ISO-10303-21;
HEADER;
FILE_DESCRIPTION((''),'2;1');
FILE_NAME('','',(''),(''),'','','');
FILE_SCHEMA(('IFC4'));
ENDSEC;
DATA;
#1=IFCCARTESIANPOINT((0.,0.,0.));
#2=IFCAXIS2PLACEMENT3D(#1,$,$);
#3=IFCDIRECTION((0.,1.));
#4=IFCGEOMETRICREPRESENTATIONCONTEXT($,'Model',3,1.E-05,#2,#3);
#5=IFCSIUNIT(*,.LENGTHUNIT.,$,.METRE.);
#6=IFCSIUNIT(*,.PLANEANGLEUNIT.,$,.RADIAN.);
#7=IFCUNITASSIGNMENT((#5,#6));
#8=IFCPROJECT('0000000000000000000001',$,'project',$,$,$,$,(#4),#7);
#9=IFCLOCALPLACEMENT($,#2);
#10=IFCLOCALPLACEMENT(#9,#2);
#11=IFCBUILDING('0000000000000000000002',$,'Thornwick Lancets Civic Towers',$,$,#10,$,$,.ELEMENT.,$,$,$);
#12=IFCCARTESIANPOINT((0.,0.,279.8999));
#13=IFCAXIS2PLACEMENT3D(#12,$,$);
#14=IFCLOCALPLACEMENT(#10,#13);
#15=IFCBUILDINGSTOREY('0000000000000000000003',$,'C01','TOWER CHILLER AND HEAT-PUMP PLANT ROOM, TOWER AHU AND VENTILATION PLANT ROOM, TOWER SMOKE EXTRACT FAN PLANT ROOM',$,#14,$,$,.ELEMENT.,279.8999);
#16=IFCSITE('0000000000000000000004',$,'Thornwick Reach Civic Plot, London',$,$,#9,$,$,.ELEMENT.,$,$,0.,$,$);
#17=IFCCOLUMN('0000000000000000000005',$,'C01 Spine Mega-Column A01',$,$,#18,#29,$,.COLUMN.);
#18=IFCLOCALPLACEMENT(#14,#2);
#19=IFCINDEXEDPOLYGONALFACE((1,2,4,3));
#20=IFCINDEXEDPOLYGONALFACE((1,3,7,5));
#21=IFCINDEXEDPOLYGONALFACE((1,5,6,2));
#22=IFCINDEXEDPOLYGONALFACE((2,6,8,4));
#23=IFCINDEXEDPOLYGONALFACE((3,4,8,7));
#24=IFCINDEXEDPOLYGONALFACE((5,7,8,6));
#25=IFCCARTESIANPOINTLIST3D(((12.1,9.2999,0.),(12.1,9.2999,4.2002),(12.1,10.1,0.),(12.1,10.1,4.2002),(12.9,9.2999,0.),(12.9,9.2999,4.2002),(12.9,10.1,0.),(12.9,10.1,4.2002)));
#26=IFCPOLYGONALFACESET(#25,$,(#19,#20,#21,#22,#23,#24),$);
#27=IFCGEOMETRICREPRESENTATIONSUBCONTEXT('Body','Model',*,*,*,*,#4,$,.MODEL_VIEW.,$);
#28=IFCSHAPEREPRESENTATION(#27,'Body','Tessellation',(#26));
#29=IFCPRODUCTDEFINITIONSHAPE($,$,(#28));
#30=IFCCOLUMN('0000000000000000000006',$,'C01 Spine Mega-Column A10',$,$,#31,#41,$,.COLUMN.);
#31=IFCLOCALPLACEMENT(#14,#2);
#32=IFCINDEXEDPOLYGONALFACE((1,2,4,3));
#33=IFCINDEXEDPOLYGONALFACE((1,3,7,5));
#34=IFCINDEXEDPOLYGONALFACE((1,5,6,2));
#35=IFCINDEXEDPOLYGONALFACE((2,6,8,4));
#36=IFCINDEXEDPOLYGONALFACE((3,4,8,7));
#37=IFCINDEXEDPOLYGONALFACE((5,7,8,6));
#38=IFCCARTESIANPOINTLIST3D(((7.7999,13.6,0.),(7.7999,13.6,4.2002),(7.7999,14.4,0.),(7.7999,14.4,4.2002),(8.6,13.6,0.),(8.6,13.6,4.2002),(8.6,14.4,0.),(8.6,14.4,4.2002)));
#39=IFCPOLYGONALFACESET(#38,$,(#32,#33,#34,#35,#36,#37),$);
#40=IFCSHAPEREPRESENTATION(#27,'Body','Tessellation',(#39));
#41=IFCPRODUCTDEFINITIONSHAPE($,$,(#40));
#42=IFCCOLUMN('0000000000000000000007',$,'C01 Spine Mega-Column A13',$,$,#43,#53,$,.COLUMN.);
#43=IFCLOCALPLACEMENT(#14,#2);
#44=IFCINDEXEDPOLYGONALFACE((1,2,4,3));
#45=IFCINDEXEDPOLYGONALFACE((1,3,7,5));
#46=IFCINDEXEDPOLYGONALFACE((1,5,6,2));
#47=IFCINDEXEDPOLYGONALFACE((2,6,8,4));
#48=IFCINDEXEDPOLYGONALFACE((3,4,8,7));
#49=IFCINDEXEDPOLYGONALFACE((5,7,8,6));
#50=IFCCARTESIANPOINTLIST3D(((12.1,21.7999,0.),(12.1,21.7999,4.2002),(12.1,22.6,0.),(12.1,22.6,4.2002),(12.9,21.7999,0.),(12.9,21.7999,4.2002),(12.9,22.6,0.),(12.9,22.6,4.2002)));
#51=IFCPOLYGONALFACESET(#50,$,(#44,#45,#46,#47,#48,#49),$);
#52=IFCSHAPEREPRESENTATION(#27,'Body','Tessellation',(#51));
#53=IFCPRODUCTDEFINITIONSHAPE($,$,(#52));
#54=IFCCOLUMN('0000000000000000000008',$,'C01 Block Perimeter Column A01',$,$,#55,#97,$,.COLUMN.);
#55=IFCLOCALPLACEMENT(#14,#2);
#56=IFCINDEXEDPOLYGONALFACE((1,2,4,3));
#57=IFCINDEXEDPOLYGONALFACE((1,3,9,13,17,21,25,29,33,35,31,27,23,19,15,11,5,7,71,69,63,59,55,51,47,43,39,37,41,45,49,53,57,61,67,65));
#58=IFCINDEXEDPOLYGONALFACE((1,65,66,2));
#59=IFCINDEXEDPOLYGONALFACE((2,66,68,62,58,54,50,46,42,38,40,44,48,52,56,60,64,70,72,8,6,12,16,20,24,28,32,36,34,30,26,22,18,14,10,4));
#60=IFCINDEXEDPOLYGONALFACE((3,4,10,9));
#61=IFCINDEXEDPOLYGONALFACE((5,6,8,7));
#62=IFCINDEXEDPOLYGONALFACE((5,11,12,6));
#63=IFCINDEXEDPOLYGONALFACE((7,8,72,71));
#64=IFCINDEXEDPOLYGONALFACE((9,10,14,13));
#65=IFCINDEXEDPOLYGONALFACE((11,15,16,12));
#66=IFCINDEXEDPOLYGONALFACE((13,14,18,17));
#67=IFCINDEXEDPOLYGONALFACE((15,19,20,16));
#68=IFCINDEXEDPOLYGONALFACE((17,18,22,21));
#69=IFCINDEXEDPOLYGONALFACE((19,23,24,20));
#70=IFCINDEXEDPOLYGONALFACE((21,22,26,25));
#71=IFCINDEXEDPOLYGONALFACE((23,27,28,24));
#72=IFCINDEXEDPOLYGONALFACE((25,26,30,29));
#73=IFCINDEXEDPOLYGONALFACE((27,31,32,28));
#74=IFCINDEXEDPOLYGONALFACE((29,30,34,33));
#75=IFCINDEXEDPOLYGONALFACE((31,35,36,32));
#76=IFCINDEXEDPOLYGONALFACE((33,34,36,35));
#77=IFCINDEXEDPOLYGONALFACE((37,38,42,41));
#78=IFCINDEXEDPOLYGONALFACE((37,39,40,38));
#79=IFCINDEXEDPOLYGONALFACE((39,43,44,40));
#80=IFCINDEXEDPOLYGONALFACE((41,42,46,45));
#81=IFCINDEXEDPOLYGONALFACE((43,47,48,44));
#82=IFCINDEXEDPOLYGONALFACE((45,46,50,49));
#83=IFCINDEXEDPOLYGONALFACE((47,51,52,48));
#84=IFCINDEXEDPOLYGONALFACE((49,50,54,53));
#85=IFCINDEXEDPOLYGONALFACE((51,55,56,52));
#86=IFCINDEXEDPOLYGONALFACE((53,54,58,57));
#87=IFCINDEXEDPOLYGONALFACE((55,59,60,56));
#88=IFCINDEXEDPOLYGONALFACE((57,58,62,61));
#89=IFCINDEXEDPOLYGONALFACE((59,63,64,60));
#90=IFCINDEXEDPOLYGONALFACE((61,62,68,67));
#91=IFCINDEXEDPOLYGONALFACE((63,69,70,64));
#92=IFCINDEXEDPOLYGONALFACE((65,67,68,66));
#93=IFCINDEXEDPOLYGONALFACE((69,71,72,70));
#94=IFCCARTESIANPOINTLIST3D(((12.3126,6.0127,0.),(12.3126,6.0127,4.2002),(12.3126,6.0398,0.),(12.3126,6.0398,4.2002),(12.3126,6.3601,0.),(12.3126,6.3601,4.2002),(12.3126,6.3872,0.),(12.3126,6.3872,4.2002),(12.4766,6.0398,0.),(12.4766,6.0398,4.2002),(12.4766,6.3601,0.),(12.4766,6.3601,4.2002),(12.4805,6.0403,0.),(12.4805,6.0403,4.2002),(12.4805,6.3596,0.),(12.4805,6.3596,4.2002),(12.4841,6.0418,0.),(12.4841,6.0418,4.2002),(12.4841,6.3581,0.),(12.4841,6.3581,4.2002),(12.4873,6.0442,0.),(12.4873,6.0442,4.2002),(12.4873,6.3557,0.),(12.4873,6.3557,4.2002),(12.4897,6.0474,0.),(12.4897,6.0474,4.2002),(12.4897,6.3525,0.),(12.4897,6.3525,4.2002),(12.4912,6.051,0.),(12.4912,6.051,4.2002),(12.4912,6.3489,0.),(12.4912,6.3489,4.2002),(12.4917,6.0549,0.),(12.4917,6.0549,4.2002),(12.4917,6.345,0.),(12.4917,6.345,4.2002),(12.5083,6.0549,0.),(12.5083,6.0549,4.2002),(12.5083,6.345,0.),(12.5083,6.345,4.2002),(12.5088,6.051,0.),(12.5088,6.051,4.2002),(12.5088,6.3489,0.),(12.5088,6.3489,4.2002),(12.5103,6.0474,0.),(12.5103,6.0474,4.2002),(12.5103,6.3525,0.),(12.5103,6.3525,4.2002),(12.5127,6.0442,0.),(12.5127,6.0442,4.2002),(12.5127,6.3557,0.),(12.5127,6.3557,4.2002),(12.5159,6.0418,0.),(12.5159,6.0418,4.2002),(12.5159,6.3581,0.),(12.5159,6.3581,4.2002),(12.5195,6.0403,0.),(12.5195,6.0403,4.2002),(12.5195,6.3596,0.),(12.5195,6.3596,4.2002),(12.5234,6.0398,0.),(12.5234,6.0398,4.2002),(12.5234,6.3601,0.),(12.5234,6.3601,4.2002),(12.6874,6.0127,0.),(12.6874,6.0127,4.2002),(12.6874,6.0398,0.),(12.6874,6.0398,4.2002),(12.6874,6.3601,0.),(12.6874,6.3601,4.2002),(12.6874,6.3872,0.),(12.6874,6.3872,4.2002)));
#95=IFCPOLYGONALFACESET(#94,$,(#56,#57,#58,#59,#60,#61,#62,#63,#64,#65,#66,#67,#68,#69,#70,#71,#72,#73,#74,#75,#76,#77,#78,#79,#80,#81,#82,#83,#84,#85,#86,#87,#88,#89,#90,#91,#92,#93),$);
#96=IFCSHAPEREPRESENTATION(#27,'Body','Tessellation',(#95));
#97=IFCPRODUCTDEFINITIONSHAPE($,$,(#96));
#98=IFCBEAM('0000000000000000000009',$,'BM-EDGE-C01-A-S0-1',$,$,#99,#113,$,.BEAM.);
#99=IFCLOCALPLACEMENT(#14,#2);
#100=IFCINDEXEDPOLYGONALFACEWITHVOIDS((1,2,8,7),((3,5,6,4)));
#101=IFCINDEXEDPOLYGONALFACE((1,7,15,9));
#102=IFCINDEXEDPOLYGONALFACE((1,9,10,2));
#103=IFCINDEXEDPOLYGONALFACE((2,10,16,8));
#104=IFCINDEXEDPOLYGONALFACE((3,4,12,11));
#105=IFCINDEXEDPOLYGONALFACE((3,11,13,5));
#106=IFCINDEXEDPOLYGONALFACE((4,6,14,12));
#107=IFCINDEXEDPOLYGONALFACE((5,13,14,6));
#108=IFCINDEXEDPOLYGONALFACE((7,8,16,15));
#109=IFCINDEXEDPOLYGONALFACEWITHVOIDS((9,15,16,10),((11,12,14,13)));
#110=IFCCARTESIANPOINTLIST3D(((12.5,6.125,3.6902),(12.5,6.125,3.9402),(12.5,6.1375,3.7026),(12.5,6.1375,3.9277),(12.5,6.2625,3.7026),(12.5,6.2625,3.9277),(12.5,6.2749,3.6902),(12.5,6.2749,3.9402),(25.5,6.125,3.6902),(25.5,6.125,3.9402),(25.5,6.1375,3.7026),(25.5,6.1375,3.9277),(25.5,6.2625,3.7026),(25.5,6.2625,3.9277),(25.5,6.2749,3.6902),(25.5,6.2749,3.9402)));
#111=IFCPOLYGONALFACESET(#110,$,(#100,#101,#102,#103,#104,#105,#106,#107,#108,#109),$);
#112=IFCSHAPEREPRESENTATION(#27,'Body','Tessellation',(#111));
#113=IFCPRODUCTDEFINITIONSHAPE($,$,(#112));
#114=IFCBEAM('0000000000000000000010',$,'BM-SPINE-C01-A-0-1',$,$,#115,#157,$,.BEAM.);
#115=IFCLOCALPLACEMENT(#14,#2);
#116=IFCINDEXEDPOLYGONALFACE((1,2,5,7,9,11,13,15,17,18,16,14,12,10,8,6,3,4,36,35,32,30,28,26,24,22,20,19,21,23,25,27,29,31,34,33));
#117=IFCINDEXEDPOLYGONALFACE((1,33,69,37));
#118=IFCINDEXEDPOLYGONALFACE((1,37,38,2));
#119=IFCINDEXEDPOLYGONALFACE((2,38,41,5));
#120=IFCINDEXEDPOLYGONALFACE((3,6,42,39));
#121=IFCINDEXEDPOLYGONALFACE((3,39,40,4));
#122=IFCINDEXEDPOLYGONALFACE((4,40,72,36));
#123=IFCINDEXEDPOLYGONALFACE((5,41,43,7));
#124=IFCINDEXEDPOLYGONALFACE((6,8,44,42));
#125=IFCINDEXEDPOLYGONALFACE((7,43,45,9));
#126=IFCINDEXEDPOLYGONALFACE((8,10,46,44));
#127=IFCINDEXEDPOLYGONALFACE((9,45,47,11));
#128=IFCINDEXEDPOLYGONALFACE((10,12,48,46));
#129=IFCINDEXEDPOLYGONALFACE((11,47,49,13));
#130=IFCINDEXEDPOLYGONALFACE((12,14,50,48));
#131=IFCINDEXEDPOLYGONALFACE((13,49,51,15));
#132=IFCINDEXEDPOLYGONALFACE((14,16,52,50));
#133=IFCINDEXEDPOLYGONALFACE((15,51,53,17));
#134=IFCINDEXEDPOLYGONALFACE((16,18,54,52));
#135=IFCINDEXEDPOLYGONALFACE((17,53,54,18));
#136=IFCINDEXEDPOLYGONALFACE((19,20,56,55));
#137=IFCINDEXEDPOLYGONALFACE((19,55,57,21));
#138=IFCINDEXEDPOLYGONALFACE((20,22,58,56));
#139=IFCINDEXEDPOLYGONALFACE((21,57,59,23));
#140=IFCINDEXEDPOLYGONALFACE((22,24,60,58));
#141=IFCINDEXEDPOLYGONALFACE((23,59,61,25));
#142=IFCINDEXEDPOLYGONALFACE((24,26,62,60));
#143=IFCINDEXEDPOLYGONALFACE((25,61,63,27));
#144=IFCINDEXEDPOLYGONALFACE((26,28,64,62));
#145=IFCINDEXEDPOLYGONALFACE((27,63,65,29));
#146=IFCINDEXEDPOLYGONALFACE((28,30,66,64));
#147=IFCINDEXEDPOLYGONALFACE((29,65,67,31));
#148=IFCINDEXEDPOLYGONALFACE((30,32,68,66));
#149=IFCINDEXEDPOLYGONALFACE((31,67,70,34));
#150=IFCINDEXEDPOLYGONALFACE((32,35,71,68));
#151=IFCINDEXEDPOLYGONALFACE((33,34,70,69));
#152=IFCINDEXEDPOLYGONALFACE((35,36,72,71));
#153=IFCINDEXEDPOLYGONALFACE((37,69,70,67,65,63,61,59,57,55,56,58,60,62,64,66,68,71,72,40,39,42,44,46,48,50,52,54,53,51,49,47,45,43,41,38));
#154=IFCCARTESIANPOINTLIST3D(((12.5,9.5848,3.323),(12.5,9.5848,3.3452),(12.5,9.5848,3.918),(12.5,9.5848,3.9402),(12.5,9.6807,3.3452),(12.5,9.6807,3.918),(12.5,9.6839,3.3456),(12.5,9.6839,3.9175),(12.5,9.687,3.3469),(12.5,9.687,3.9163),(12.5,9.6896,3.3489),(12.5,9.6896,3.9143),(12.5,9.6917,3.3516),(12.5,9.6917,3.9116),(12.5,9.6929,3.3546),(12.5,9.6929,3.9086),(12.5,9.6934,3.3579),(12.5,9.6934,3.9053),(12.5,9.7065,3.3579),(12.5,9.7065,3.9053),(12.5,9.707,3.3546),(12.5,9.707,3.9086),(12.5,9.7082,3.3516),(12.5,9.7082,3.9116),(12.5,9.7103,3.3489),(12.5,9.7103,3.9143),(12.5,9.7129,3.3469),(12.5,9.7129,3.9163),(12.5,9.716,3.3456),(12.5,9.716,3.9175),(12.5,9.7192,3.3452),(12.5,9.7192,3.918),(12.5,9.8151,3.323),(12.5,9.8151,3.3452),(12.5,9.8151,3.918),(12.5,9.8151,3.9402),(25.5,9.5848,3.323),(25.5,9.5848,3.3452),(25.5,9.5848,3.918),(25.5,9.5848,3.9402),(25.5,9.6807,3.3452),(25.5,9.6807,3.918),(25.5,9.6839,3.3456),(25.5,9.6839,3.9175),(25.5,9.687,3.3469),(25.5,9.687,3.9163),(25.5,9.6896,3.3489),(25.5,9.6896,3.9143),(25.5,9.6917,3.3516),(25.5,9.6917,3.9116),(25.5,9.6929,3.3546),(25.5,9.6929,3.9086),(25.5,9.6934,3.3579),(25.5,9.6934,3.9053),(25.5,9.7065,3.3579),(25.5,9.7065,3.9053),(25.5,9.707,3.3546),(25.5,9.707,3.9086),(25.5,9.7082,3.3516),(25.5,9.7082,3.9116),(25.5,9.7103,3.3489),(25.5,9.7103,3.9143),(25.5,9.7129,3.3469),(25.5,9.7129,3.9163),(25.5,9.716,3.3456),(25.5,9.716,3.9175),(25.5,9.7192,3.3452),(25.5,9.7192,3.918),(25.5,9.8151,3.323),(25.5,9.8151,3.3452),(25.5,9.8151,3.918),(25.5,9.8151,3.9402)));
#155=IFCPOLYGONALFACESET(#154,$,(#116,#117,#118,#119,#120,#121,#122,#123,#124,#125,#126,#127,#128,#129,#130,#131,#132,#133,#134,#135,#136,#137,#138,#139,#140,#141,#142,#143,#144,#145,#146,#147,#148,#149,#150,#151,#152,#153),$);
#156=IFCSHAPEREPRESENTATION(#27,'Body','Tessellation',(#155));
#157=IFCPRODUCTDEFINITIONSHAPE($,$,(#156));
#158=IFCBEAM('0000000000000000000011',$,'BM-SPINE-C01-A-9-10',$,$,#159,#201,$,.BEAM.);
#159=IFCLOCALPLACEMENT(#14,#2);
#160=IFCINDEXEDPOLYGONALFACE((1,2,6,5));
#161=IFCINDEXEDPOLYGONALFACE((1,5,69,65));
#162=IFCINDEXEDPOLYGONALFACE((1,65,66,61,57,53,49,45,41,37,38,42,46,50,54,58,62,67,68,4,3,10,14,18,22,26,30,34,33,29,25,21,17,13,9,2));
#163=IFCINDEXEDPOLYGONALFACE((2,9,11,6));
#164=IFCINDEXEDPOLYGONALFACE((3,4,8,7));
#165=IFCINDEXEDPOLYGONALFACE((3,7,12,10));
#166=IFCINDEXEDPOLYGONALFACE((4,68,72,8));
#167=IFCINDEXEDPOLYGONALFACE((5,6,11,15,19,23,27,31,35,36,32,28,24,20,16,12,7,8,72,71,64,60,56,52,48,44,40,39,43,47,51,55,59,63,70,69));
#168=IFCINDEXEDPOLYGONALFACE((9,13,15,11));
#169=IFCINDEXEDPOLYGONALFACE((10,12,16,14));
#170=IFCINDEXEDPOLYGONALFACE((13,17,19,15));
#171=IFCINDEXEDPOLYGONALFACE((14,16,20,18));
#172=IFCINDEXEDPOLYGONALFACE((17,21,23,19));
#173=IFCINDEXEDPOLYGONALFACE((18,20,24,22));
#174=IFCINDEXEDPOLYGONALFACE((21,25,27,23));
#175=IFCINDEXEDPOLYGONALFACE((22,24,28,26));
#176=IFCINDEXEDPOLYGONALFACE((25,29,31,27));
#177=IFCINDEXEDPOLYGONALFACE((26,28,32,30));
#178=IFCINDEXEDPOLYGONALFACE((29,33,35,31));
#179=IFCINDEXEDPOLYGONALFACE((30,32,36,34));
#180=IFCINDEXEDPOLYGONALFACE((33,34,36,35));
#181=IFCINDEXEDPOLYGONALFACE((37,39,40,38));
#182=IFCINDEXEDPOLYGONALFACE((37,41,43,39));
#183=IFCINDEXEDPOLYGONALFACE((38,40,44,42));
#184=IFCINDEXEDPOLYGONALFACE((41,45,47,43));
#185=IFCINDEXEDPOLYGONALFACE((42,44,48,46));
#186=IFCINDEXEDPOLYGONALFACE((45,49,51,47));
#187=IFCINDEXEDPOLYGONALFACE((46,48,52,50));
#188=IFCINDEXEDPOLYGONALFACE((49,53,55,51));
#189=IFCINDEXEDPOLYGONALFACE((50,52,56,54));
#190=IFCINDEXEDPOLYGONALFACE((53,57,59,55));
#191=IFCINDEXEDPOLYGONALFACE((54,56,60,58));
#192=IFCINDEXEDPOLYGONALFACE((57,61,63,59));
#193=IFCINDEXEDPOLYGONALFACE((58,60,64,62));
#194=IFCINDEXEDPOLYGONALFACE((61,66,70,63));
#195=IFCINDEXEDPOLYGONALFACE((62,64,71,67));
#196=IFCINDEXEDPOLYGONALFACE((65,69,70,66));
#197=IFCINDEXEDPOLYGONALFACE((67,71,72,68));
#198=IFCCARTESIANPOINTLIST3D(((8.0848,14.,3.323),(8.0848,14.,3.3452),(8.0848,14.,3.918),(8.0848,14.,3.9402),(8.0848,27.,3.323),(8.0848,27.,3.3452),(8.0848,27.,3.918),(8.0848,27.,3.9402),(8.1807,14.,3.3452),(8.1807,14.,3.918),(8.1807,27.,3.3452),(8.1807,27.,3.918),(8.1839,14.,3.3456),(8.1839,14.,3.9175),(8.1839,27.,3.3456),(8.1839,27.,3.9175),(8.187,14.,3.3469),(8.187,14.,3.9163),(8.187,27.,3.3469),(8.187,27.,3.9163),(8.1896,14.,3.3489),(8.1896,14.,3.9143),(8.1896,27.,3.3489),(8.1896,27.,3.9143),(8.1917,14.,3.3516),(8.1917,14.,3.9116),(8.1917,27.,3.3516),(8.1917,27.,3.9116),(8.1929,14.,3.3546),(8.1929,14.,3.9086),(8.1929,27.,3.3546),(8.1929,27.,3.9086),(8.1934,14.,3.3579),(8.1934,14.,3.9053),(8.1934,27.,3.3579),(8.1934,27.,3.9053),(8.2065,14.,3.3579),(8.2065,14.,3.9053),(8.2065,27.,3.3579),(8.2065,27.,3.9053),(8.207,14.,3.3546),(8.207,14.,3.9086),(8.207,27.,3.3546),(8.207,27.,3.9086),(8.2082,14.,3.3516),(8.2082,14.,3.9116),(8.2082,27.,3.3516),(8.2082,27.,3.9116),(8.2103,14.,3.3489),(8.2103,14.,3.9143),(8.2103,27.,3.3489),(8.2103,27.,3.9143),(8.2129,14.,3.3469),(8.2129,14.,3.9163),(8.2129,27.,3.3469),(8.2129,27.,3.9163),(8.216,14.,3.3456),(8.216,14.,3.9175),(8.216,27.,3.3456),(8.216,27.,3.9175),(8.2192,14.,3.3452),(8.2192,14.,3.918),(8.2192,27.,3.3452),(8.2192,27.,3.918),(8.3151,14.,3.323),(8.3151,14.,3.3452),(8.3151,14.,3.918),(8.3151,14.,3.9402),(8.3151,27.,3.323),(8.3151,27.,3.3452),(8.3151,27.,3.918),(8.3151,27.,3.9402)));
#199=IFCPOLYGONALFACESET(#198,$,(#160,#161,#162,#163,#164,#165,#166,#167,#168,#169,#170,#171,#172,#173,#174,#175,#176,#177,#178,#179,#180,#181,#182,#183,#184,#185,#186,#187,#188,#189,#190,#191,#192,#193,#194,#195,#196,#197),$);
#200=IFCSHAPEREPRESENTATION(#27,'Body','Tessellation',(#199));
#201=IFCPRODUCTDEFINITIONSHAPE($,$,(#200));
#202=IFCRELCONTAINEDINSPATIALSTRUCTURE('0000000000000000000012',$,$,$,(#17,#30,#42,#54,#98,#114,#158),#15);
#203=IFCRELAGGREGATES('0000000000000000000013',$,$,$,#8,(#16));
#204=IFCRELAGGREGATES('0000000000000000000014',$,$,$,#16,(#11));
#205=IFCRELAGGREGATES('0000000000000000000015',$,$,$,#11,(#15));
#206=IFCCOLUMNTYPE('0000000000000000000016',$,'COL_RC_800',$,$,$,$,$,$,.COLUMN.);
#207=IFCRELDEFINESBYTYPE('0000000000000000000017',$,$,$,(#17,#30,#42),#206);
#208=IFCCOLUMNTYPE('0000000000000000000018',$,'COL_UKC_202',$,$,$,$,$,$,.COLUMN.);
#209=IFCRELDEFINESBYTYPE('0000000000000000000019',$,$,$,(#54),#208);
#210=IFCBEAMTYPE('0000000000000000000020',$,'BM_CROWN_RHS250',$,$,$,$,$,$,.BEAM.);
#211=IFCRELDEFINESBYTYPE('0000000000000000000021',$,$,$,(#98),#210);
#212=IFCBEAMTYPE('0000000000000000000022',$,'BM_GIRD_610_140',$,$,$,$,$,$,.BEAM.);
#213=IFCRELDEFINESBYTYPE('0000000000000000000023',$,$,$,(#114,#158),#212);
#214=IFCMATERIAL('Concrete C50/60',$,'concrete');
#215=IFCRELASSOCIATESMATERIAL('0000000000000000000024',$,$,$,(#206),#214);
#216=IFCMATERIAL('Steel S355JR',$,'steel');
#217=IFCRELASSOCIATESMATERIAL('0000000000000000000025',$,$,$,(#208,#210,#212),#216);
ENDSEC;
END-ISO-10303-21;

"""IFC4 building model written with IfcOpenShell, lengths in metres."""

from ifc_helpers import new_model, si_unit, direction, frame, origin, origin_2d, place, context, subcontext, project, spatial, rectangle, hollow_rectangle, i_section, extrude, material, material_profile, profile_set, type_object, element, save


model = new_model("IFC4")

# Units and contexts
model_context = context("Model", 3, precision=1e-05, world=origin(), true_north=direction((0.0, 1.0)))
body_context = subcontext(model_context, "Body", "Model", "MODEL_VIEW")
ifc_project = project(units=[si_unit("LENGTHUNIT", "METRE"), si_unit("PLANEANGLEUNIT", "RADIAN")], contexts=[model_context])

# Site, building, storey
site_placement = place(None, origin())
site = spatial("IfcSite", under=ifc_project, at=site_placement, Name="Thornwick Reach Civic Plot, London", CompositionType="ELEMENT", RefElevation=0.0)
building_placement = place(site_placement, origin())
building = spatial("IfcBuilding", under=site, at=building_placement, Name="Thornwick Lancets Civic Towers", CompositionType="ELEMENT")
storey_placement = place(building_placement, frame((0.0, 0.0, 279.8999)))
storey = spatial("IfcBuildingStorey", under=building, at=storey_placement, Name="C01", Description="TOWER CHILLER AND HEAT-PUMP PLANT ROOM, TOWER AHU AND VENTILATION PLANT ROOM, TOWER SMOKE EXTRACT FAN PLANT ROOM", CompositionType="ELEMENT", Elevation=279.8999)

# Columns
ifc_material_1 = material(Name="Concrete C50/60", Category="concrete")
ifc_material_profile_1 = material_profile(ifc_material_1, rectangle(XDim=0.8, YDim=0.8, at=origin_2d()), Name="RC 800x800")
ifc_profile_set_1 = profile_set([ifc_material_profile_1], Name="Concrete C50/60")
column_type_1 = type_object("IfcColumnType", Name="COL_RC_800", PredefinedType="COLUMN", material=ifc_profile_set_1)
for number, where, z_axis, x_axis, name in (
    (1, (12.5, 9.7, 0.0), (0.0, 0.0, 1.0), (1.0, 0.0, 0.0), "C01 Spine Mega-Column A01"),
    (2, (8.2, 14.0, 0.0), (0.0, 0.0, 1.0), (1.0, 0.0, 0.0), "C01 Spine Mega-Column A10"),
    (3, (12.5, 22.2, 0.0), (0.0, 0.0, 1.0), (1.0, 0.0, 0.0), "C01 Spine Mega-Column A13"),
):
    element("IfcColumn", number, at=place(storey_placement, frame(where, z_axis=z_axis, x_axis=x_axis)), inside=storey, type_object=column_type_1, Name=name, PredefinedType="COLUMN", context=body_context, shape_type="SweptSolid", body=[
        extrude(rectangle(XDim=0.8, YDim=0.8, at=origin_2d()), origin(), (0.0, 0.0, 1.0), 4.2002),
    ])
ifc_material_2 = material(Name="Steel S355JR", Category="steel")
ifc_material_profile_2 = material_profile(ifc_material_2, i_section(OverallWidth=0.3748, OverallDepth=0.3745, WebThickness=0.0166, FlangeThickness=0.0271, FilletRadius=0.0151, at=origin_2d()), Name="UKC 356x368x202")
ifc_profile_set_2 = profile_set([ifc_material_profile_2], Name="Steel S355JR")
column_type_2 = type_object("IfcColumnType", Name="COL_UKC_202", PredefinedType="COLUMN", material=ifc_profile_set_2)
column_placement = place(storey_placement, frame((12.5, 6.2, 0.0), z_axis=(0.0, 0.0, 1.0), x_axis=(1.0, 0.0, 0.0)))
element("IfcColumn", 4, at=column_placement, inside=storey, type_object=column_type_2, Name="C01 Block Perimeter Column A01", PredefinedType="COLUMN", context=body_context, shape_type="SweptSolid", body=[
    extrude(i_section(OverallWidth=0.3748, OverallDepth=0.3745, WebThickness=0.0166, FlangeThickness=0.0271, FilletRadius=0.0151, at=origin_2d()), origin(), (0.0, 0.0, 1.0), 4.2002),
])

# Beams
ifc_material_profile_3 = material_profile(ifc_material_2, hollow_rectangle(XDim=0.1499, YDim=0.25, WallThickness=0.0125, at=origin_2d()), Name="RHS 250x150x12.5")
ifc_profile_set_3 = profile_set([ifc_material_profile_3], Name="Steel S355JR")
beam_type_1 = type_object("IfcBeamType", Name="BM_CROWN_RHS250", PredefinedType="BEAM", material=ifc_profile_set_3)
beam_1_placement = place(storey_placement, frame((12.5, 6.2, 3.8152), z_axis=(1.0, 0.0, 0.0), x_axis=(0.0, 1.0, 0.0)))
element("IfcBeam", 5, at=beam_1_placement, inside=storey, type_object=beam_type_1, Name="BM-EDGE-C01-A-S0-1", PredefinedType="BEAM", context=body_context, shape_type="SweptSolid", body=[
    extrude(hollow_rectangle(XDim=0.1499, YDim=0.25, WallThickness=0.0125, at=origin_2d()), origin(), (0.0, 0.0, 1.0), 13.0),
])
ifc_material_profile_4 = material_profile(ifc_material_2, i_section(OverallWidth=0.2302, OverallDepth=0.6172, WebThickness=0.0132, FlangeThickness=0.0222, FilletRadius=0.0127, at=origin_2d()), Name="UKB 610x229x140")
ifc_profile_set_4 = profile_set([ifc_material_profile_4], Name="Steel S355JR")
beam_type_2 = type_object("IfcBeamType", Name="BM_GIRD_610_140", PredefinedType="BEAM", material=ifc_profile_set_4)
for number, where, z_axis, x_axis, name in (
    (6, (12.5, 9.7, 3.6316), (1.0, 0.0, 0.0), (0.0, 1.0, 0.0), "BM-SPINE-C01-A-0-1"),
    (7, (8.2, 14.0, 3.6316), (0.0, 1.0, 0.0), (-1.0, 0.0, 0.0), "BM-SPINE-C01-A-9-10"),
):
    element("IfcBeam", number, at=place(storey_placement, frame(where, z_axis=z_axis, x_axis=x_axis)), inside=storey, type_object=beam_type_2, Name=name, PredefinedType="BEAM", context=body_context, shape_type="SweptSolid", body=[
        extrude(i_section(OverallWidth=0.2302, OverallDepth=0.6172, WebThickness=0.0132, FlangeThickness=0.0222, FilletRadius=0.0127, at=origin_2d()), origin(), (0.0, 0.0, 1.0), 13.0),
    ])

save(model, "model.ifc")
